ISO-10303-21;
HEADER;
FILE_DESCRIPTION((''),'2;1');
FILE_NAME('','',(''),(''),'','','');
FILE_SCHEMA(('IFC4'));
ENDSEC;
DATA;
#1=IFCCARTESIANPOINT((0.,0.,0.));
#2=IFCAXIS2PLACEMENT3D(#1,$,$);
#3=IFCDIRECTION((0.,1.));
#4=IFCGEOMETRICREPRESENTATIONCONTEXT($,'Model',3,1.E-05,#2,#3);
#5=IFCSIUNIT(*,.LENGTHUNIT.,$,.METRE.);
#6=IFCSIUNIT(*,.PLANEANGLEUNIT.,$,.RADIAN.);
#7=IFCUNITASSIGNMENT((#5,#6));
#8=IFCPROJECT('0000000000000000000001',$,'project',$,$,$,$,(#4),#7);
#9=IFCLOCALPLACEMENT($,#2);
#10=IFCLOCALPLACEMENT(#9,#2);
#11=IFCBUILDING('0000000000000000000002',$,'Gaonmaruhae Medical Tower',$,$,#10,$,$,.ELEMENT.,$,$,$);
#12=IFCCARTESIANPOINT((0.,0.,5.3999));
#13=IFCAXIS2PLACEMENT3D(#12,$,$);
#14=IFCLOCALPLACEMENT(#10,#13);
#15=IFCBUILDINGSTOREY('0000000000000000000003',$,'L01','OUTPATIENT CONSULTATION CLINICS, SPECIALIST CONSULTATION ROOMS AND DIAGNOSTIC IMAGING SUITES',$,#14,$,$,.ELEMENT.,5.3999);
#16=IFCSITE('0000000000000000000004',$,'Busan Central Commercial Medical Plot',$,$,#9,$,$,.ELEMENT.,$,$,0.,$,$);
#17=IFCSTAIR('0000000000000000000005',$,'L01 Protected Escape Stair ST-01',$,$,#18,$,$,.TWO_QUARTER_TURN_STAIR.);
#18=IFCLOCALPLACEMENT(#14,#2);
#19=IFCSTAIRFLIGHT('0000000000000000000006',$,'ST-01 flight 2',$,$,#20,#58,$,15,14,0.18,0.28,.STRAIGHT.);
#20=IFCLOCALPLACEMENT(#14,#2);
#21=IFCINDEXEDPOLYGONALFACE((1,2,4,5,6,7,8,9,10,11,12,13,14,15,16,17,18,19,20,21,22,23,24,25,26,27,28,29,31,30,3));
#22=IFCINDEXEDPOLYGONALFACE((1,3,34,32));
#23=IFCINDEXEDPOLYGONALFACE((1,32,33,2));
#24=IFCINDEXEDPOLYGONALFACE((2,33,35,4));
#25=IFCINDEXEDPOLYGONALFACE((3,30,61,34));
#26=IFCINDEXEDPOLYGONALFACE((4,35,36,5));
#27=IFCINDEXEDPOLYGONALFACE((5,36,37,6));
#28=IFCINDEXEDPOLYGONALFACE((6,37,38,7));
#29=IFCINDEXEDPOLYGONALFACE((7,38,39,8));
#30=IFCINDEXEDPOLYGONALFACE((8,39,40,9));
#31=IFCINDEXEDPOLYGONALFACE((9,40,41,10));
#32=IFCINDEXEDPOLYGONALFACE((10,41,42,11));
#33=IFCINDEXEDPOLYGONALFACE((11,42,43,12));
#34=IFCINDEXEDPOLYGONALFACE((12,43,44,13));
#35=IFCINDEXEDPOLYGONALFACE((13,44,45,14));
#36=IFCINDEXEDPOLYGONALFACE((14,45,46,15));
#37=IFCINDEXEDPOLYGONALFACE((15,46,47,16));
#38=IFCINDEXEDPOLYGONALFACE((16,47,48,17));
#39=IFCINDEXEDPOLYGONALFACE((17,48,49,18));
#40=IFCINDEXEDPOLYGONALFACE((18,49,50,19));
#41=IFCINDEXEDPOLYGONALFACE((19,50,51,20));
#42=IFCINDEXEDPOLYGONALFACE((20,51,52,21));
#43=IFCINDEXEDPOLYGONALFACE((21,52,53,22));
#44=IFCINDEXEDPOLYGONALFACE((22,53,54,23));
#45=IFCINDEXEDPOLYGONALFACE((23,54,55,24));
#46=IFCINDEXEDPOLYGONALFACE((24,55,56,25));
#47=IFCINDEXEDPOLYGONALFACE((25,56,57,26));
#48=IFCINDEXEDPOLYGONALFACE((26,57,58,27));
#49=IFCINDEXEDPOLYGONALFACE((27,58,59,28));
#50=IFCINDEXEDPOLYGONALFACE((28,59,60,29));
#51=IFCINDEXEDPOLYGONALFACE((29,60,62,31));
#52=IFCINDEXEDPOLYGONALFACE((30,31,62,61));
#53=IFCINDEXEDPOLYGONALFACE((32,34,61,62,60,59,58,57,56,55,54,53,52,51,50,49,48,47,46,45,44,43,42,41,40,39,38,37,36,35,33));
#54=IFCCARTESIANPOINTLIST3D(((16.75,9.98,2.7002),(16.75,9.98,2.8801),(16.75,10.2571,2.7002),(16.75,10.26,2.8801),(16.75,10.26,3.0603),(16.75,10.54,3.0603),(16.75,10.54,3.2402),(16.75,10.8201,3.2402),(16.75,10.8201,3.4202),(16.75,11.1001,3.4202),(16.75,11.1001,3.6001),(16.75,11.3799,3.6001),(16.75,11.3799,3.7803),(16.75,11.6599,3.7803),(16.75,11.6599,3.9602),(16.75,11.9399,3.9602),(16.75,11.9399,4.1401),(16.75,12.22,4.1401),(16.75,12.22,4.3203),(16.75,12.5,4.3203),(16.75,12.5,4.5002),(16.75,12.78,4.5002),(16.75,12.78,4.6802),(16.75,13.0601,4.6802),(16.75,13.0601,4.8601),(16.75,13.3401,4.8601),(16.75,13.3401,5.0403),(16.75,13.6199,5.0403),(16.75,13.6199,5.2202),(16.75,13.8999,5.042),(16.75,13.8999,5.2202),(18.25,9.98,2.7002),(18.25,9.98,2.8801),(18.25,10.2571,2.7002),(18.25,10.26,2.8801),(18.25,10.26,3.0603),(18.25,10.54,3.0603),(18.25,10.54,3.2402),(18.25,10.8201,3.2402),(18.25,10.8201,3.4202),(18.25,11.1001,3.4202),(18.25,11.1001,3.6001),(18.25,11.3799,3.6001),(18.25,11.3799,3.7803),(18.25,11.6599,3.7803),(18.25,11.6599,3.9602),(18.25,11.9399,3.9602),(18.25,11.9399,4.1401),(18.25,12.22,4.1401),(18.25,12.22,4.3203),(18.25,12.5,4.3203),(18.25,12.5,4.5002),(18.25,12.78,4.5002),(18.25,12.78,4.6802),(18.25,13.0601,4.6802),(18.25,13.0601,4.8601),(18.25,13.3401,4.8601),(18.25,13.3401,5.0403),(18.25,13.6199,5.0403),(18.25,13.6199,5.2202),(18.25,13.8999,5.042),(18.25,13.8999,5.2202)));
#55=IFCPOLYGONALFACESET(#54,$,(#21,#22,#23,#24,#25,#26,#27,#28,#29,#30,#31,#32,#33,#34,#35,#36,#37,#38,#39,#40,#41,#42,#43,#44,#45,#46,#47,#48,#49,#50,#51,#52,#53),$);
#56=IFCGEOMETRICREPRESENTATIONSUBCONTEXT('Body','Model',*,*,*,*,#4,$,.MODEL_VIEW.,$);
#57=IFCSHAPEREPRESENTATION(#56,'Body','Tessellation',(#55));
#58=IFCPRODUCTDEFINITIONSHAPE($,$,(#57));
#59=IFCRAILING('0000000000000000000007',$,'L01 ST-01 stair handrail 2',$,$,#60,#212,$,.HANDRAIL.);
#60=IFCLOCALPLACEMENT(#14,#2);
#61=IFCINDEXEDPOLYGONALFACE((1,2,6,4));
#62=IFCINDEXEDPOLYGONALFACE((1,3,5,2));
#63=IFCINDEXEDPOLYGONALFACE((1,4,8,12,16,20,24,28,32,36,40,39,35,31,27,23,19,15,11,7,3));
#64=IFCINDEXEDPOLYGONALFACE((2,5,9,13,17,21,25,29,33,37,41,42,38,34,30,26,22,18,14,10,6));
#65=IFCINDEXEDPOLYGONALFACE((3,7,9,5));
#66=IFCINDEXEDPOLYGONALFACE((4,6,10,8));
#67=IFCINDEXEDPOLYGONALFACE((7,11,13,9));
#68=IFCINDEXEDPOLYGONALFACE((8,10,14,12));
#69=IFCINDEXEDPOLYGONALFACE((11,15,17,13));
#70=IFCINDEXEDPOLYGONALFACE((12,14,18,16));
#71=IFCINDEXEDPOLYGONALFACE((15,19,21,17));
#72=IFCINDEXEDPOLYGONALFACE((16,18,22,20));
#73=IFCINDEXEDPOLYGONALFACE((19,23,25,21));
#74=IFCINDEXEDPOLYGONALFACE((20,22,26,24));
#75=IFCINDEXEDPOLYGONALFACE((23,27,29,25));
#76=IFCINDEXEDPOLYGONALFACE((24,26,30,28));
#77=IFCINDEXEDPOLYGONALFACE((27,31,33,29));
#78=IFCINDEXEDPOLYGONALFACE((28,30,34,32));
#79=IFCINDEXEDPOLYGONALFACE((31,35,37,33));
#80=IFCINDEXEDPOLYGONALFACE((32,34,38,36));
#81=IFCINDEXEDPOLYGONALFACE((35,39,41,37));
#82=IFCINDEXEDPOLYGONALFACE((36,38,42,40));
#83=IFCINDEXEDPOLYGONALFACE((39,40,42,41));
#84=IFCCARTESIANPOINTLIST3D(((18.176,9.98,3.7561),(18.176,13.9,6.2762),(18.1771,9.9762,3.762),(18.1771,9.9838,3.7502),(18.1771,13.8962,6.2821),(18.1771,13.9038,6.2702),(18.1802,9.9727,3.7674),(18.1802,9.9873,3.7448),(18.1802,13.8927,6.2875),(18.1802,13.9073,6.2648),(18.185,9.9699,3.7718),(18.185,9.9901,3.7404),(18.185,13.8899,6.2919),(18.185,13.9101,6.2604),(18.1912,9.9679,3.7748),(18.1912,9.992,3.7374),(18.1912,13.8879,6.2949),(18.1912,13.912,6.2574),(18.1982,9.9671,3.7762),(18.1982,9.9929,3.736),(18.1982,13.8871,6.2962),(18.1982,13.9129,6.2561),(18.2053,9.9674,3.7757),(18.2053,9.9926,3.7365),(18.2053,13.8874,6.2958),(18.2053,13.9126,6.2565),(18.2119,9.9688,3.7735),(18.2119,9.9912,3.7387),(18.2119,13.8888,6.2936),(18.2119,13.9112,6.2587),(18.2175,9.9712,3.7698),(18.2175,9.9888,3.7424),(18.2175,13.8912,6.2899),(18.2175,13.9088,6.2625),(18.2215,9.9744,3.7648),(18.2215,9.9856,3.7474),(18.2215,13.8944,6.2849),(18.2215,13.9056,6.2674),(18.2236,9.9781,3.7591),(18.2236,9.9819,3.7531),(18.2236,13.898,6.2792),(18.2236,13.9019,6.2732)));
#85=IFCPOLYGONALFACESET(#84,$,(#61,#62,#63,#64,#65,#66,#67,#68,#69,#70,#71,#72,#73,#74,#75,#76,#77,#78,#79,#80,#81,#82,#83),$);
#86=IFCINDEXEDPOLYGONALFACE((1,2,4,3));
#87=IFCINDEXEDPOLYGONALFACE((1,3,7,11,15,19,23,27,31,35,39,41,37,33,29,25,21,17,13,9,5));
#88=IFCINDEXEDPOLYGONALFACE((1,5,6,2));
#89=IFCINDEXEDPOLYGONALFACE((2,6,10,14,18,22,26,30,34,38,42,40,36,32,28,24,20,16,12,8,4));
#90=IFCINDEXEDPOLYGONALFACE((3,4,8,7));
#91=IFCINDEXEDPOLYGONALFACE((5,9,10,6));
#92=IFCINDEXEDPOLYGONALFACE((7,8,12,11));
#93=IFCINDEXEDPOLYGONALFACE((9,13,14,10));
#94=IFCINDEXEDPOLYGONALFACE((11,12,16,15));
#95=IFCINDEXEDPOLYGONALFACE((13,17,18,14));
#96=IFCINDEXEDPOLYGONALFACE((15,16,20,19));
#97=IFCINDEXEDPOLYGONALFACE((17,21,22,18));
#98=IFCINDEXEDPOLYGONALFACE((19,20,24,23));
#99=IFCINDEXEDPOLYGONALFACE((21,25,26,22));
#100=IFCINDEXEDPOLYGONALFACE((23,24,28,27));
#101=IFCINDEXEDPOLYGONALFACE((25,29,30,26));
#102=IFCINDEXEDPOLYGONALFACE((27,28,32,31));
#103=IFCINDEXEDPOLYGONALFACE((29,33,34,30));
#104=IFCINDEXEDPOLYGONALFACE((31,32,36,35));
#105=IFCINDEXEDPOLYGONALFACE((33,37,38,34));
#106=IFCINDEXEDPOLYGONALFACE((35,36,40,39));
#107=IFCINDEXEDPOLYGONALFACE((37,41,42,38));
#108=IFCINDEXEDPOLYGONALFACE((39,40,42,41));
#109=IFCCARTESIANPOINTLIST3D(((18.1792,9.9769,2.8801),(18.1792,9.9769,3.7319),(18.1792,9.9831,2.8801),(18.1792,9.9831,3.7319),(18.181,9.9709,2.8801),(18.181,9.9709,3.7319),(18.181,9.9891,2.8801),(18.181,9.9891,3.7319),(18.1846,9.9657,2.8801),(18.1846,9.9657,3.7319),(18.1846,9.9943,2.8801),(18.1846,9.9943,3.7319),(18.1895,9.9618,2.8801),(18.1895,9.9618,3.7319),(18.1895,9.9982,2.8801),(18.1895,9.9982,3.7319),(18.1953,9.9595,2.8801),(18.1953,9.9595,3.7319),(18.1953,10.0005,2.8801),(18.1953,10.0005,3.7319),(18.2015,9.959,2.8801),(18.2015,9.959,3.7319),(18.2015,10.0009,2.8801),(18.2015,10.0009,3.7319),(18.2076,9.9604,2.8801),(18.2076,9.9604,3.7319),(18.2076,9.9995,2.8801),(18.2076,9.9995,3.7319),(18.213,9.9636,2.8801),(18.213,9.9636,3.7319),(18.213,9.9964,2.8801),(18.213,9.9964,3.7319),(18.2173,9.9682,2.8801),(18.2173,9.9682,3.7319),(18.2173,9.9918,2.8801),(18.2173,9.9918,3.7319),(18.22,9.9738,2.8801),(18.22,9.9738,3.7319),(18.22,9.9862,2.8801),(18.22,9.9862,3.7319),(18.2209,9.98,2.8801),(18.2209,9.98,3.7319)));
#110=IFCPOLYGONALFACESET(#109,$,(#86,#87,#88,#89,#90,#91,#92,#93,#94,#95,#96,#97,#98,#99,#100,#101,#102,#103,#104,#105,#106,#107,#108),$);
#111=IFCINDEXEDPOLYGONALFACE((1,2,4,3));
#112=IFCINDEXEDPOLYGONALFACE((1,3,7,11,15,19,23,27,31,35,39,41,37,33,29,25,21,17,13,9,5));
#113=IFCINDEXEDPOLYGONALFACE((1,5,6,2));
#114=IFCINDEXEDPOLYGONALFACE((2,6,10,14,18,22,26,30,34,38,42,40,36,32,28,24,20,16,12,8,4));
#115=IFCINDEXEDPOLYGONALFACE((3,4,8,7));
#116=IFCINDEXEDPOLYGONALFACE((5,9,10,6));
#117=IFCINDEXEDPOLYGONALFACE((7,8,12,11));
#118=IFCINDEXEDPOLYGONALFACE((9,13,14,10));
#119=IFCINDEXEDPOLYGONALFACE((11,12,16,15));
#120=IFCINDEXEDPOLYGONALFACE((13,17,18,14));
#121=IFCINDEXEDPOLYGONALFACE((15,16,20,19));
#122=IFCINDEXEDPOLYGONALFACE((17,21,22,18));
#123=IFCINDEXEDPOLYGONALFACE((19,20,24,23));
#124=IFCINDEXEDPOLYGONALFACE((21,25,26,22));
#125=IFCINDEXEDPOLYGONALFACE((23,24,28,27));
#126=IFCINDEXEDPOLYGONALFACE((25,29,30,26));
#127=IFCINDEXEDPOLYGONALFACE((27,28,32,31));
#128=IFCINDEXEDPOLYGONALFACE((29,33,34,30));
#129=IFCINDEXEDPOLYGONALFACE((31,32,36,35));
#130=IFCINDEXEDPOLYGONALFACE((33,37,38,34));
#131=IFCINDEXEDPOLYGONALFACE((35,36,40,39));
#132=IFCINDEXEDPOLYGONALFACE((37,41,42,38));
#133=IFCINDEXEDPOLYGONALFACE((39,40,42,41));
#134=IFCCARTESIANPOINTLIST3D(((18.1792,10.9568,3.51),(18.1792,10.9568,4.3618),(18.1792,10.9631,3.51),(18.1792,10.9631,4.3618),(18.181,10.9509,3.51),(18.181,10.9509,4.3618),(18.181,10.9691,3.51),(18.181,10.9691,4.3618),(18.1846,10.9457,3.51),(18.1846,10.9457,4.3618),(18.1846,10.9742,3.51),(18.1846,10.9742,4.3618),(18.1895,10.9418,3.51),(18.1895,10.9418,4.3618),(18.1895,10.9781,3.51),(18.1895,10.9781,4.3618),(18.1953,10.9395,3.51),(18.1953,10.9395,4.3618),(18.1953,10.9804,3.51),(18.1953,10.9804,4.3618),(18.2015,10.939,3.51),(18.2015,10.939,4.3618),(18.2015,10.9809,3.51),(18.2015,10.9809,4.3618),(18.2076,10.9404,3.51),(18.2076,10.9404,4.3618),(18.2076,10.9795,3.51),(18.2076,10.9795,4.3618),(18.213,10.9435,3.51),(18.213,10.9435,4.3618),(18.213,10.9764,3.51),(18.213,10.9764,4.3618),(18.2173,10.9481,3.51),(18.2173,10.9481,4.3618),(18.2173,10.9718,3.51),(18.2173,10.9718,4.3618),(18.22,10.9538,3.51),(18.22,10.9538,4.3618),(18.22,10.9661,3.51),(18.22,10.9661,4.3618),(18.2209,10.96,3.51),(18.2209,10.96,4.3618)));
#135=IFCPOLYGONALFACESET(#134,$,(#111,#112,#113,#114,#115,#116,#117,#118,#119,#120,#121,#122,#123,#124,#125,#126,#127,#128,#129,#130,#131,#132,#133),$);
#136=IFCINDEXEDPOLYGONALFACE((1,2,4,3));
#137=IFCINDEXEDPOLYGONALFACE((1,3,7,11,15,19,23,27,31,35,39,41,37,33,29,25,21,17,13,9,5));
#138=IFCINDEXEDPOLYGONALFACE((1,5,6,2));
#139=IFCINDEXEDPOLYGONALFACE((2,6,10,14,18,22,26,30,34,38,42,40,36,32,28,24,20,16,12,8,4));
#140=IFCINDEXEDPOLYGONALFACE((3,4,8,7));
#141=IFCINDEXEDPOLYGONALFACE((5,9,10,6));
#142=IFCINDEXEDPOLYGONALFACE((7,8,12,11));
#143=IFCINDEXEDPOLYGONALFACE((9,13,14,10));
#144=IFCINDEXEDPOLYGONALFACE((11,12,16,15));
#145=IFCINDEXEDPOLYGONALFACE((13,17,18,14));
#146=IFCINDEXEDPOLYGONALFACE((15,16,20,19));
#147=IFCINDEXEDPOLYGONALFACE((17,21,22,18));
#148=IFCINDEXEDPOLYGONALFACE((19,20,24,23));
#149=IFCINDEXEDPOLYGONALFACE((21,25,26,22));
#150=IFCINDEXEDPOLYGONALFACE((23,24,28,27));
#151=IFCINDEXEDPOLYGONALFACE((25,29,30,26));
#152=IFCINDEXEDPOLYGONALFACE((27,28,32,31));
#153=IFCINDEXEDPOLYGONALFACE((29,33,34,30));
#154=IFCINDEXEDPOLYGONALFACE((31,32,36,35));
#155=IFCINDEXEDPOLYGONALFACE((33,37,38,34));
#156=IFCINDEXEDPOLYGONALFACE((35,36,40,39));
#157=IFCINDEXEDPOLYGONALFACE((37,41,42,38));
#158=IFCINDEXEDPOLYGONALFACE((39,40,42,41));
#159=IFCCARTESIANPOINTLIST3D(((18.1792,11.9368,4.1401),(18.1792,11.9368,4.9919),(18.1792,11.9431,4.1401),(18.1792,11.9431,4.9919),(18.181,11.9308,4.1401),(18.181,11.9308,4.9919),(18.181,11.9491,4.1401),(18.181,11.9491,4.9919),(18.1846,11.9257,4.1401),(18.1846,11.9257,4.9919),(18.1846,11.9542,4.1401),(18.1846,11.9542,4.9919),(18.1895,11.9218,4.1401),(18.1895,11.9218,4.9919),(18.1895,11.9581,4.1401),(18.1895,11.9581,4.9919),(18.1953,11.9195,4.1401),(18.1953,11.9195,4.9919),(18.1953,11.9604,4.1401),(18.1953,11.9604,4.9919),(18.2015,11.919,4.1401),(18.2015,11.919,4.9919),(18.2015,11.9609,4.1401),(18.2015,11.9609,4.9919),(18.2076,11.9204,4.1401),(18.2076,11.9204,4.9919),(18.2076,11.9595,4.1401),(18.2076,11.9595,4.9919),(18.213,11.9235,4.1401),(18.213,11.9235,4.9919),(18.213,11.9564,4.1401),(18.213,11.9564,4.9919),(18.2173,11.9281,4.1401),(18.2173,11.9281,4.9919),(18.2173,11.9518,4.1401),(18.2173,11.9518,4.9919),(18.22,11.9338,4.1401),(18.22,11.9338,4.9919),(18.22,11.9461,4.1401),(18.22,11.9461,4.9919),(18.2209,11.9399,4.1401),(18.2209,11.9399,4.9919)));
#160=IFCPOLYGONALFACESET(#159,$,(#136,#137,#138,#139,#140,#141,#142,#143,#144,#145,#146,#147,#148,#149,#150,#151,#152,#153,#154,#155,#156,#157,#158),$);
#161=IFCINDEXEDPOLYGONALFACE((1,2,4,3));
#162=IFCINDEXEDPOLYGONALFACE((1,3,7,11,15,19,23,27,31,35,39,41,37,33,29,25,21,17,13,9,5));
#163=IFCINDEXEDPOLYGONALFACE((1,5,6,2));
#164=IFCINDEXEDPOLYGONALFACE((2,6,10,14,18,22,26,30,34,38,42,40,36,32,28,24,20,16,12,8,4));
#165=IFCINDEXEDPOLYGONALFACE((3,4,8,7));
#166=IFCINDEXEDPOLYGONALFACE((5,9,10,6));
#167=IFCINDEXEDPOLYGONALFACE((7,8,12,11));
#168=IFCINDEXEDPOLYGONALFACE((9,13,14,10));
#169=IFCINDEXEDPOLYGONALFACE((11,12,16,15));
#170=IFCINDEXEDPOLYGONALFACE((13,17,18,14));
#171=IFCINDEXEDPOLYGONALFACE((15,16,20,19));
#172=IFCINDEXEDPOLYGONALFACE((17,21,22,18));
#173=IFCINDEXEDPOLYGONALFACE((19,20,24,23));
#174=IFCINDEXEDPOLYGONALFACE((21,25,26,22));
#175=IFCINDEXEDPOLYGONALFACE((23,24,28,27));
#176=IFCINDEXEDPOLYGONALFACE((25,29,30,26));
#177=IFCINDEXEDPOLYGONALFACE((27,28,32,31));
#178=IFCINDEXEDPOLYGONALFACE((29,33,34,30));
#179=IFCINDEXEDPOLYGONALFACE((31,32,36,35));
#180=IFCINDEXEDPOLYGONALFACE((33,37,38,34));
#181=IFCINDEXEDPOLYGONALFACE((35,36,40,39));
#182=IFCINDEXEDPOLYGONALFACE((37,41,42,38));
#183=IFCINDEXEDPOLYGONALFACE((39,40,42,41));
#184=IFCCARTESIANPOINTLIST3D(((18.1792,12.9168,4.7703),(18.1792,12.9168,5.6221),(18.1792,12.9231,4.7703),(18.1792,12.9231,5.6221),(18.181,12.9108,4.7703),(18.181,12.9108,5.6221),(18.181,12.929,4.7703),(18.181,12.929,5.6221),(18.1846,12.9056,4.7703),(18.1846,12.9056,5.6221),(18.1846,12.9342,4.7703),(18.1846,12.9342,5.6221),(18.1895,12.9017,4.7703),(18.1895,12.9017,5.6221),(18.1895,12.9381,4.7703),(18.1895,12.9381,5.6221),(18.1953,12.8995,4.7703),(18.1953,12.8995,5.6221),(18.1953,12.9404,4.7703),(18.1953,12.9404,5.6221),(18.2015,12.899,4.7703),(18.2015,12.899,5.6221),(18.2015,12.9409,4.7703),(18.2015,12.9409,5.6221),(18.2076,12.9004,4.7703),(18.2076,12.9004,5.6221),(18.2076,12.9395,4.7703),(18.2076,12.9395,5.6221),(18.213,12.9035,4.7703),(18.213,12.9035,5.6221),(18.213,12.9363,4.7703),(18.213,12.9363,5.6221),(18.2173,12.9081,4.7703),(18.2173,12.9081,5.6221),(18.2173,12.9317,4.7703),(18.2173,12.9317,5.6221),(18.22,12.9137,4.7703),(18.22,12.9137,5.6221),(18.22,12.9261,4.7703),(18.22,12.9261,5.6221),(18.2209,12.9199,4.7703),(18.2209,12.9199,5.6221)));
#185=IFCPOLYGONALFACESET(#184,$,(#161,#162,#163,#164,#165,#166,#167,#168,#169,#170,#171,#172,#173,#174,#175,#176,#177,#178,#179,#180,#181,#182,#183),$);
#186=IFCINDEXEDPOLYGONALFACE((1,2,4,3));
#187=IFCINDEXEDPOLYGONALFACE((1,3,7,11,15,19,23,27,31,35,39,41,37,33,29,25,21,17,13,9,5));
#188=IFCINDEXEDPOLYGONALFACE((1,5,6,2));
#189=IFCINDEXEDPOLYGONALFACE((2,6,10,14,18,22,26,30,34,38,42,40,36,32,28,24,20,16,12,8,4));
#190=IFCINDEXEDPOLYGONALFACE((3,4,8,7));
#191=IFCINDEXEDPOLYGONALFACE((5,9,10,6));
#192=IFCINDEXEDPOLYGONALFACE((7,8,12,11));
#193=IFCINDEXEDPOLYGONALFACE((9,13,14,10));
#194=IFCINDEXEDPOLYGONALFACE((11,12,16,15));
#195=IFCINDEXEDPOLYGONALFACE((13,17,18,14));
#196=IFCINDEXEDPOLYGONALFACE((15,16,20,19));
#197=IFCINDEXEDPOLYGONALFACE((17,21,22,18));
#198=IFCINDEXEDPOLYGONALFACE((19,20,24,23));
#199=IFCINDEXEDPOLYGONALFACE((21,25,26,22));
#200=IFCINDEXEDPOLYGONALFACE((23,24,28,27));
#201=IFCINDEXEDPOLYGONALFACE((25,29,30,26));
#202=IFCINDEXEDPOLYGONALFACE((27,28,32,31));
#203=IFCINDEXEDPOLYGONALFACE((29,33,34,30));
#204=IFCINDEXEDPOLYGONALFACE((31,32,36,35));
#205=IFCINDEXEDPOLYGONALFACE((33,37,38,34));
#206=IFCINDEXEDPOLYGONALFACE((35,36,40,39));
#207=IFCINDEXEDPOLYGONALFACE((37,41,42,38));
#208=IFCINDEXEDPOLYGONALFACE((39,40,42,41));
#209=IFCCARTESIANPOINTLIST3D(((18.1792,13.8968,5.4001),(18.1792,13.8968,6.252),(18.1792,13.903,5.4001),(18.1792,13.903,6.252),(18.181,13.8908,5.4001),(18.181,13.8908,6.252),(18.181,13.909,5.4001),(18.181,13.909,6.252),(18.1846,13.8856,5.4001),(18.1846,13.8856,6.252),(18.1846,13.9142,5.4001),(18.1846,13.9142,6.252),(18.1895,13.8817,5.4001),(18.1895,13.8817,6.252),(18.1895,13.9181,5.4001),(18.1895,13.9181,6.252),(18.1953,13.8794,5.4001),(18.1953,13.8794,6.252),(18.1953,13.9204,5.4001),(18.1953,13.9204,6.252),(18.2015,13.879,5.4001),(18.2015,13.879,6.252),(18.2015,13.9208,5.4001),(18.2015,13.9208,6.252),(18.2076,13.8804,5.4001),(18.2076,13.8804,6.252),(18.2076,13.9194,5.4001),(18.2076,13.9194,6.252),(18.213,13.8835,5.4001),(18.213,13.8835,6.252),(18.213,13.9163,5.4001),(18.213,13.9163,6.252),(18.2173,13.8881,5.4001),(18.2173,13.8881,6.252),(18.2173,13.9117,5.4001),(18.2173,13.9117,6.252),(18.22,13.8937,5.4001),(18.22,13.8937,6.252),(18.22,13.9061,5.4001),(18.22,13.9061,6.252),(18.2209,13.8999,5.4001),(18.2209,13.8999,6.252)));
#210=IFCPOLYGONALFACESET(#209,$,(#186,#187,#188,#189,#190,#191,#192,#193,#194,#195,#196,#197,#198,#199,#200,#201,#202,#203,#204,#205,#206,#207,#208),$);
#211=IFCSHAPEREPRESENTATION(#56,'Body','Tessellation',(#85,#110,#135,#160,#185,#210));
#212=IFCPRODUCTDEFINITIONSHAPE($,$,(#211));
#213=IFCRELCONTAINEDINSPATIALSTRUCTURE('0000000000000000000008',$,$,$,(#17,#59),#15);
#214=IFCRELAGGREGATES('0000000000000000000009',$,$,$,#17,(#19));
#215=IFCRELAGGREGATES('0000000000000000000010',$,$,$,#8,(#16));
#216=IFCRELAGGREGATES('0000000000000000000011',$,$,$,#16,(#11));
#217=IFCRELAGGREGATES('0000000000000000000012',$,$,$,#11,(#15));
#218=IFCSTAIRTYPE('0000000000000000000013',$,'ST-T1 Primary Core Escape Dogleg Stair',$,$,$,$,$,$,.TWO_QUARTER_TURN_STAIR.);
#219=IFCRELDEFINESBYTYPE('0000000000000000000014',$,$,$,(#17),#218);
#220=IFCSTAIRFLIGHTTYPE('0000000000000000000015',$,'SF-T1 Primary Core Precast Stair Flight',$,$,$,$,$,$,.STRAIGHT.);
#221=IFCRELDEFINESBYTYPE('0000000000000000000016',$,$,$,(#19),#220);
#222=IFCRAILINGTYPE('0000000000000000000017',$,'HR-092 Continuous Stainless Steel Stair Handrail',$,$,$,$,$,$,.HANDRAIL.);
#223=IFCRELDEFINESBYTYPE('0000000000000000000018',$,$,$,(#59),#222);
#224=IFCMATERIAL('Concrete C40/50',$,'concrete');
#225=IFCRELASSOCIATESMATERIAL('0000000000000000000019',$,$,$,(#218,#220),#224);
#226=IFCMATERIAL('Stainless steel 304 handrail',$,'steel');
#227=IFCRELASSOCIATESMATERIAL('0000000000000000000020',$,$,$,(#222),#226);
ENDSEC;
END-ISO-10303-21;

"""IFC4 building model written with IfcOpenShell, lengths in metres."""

from ifc_helpers import new_model, si_unit, direction, frame, origin, origin_2d, place, context, subcontext, project, spatial, polyline, circle, outline, extrude, material, type_object, element, aggregate, save


model = new_model("IFC4")

# Units and contexts
model_context = context("Model", 3, precision=1e-05, world=origin(), true_north=direction((0.0, 1.0)))
body_context = subcontext(model_context, "Body", "Model", "MODEL_VIEW")
ifc_project = project(units=[si_unit("LENGTHUNIT", "METRE"), si_unit("PLANEANGLEUNIT", "RADIAN")], contexts=[model_context])

# Site, building, storey
site_placement = place(None, origin())
site = spatial("IfcSite", under=ifc_project, at=site_placement, Name="Busan Central Commercial Medical Plot", CompositionType="ELEMENT", RefElevation=0.0)
building_placement = place(site_placement, origin())
building = spatial("IfcBuilding", under=site, at=building_placement, Name="Gaonmaruhae Medical Tower", CompositionType="ELEMENT")
storey_placement = place(building_placement, frame((0.0, 0.0, 5.3999)))
storey = spatial("IfcBuildingStorey", under=building, at=storey_placement, Name="L01", Description="OUTPATIENT CONSULTATION CLINICS, SPECIALIST CONSULTATION ROOMS AND DIAGNOSTIC IMAGING SUITES", CompositionType="ELEMENT", Elevation=5.3999)

# Stair, stair flight
ifc_material_1 = material(Name="Concrete C40/50", Category="concrete")
stair_type = type_object("IfcStairType", Name="ST-T1 Primary Core Escape Dogleg Stair", PredefinedType="TWO_QUARTER_TURN_STAIR", material=ifc_material_1)
stair_placement = place(storey_placement, origin())
stair = element("IfcStair", 1, at=stair_placement, inside=storey, type_object=stair_type, Name="L01 Protected Escape Stair ST-01", PredefinedType="TWO_QUARTER_TURN_STAIR")
stair_flight_type = type_object("IfcStairFlightType", Name="SF-T1 Primary Core Precast Stair Flight", PredefinedType="STRAIGHT", material=ifc_material_1)
stair_flight_placement = place(storey_placement, frame((17.5, 9.98, 2.7002), z_axis=(0.0, 0.0, 1.0), x_axis=(0.0, 1.0, 0.0)))
stair_flight = element("IfcStairFlight", 2, at=stair_flight_placement, type_object=stair_flight_type, Name="ST-01 flight 2", NumberOfRisers=15, NumberOfTreads=14, PredefinedType="STRAIGHT", RiserHeight=0.18, TreadLength=0.28, context=body_context, shape_type="SweptSolid", body=[
    extrude(outline(polyline([(0.0, 0.0), (0.0, 0.1799), (0.28, 0.1799), (0.28, 0.3601), (0.5601, 0.3601), (0.5601, 0.54), (0.8401, 0.54), (0.8401, 0.72), (1.1201, 0.72), (1.1201, 0.8999), (1.3999, 0.8999), (1.3999, 1.0801), (1.6799, 1.0801), (1.6799, 1.26), (1.96, 1.26), (1.96, 1.4399), (2.24, 1.4399), (2.24, 1.6201), (2.52, 1.6201), (2.52, 1.8), (2.8, 1.8), (2.8, 1.98), (3.0801, 1.98), (3.0801, 2.1599), (3.3601, 2.1599), (3.3601, 2.3401), (3.6399, 2.3401), (3.6399, 2.52), (3.9199, 2.52), (3.9199, 2.7), (3.9199, 2.3418), (0.2771, 0.0), (0.0, 0.0)])), frame((0.0, 0.75, 0.0), z_axis=(0.0, -1.0, 0.0), x_axis=(1.0, 0.0, 0.0)), (0.0, 0.0, 1.0), 1.5),
])
aggregate(stair, [stair_flight])

# Railing
ifc_material_2 = material(Name="Stainless steel 304 handrail", Category="steel")
railing_type_1 = type_object("IfcRailingType", Name="HR-092 Continuous Stainless Steel Stair Handrail", PredefinedType="HANDRAIL", material=ifc_material_2)
railing_1_placement = place(storey_placement, frame((18.2, 9.98, 2.8801)))
element("IfcRailing", 3, at=railing_1_placement, inside=storey, type_object=railing_type_1, Name="L01 ST-01 stair handrail 2", PredefinedType="HANDRAIL", context=body_context, shape_type="SweptSolid", body=[
    extrude(circle(Radius=0.0239, at=origin_2d()), frame((0.0, 0.0, 0.876), z_axis=(0.0, 0.841172, 0.540768), x_axis=(-1.0, 0.0, 0.0)), (0.0, 0.0, 1.0), 4.6602),
    extrude(circle(Radius=0.021, at=origin_2d()), origin(), (0.0, 0.0, 1.0), 0.8518),
    extrude(circle(Radius=0.021, at=origin_2d()), frame((0.0, 0.98, 0.6299)), (0.0, 0.0, 1.0), 0.8518),
    extrude(circle(Radius=0.021, at=origin_2d()), frame((0.0, 1.96, 1.26)), (0.0, 0.0, 1.0), 0.8518),
    extrude(circle(Radius=0.021, at=origin_2d()), frame((0.0, 2.9399, 1.8901)), (0.0, 0.0, 1.0), 0.8518),
    extrude(circle(Radius=0.021, at=origin_2d()), frame((0.0, 3.9199, 2.52)), (0.0, 0.0, 1.0), 0.8518),
])

save(model, "model.ifc")
